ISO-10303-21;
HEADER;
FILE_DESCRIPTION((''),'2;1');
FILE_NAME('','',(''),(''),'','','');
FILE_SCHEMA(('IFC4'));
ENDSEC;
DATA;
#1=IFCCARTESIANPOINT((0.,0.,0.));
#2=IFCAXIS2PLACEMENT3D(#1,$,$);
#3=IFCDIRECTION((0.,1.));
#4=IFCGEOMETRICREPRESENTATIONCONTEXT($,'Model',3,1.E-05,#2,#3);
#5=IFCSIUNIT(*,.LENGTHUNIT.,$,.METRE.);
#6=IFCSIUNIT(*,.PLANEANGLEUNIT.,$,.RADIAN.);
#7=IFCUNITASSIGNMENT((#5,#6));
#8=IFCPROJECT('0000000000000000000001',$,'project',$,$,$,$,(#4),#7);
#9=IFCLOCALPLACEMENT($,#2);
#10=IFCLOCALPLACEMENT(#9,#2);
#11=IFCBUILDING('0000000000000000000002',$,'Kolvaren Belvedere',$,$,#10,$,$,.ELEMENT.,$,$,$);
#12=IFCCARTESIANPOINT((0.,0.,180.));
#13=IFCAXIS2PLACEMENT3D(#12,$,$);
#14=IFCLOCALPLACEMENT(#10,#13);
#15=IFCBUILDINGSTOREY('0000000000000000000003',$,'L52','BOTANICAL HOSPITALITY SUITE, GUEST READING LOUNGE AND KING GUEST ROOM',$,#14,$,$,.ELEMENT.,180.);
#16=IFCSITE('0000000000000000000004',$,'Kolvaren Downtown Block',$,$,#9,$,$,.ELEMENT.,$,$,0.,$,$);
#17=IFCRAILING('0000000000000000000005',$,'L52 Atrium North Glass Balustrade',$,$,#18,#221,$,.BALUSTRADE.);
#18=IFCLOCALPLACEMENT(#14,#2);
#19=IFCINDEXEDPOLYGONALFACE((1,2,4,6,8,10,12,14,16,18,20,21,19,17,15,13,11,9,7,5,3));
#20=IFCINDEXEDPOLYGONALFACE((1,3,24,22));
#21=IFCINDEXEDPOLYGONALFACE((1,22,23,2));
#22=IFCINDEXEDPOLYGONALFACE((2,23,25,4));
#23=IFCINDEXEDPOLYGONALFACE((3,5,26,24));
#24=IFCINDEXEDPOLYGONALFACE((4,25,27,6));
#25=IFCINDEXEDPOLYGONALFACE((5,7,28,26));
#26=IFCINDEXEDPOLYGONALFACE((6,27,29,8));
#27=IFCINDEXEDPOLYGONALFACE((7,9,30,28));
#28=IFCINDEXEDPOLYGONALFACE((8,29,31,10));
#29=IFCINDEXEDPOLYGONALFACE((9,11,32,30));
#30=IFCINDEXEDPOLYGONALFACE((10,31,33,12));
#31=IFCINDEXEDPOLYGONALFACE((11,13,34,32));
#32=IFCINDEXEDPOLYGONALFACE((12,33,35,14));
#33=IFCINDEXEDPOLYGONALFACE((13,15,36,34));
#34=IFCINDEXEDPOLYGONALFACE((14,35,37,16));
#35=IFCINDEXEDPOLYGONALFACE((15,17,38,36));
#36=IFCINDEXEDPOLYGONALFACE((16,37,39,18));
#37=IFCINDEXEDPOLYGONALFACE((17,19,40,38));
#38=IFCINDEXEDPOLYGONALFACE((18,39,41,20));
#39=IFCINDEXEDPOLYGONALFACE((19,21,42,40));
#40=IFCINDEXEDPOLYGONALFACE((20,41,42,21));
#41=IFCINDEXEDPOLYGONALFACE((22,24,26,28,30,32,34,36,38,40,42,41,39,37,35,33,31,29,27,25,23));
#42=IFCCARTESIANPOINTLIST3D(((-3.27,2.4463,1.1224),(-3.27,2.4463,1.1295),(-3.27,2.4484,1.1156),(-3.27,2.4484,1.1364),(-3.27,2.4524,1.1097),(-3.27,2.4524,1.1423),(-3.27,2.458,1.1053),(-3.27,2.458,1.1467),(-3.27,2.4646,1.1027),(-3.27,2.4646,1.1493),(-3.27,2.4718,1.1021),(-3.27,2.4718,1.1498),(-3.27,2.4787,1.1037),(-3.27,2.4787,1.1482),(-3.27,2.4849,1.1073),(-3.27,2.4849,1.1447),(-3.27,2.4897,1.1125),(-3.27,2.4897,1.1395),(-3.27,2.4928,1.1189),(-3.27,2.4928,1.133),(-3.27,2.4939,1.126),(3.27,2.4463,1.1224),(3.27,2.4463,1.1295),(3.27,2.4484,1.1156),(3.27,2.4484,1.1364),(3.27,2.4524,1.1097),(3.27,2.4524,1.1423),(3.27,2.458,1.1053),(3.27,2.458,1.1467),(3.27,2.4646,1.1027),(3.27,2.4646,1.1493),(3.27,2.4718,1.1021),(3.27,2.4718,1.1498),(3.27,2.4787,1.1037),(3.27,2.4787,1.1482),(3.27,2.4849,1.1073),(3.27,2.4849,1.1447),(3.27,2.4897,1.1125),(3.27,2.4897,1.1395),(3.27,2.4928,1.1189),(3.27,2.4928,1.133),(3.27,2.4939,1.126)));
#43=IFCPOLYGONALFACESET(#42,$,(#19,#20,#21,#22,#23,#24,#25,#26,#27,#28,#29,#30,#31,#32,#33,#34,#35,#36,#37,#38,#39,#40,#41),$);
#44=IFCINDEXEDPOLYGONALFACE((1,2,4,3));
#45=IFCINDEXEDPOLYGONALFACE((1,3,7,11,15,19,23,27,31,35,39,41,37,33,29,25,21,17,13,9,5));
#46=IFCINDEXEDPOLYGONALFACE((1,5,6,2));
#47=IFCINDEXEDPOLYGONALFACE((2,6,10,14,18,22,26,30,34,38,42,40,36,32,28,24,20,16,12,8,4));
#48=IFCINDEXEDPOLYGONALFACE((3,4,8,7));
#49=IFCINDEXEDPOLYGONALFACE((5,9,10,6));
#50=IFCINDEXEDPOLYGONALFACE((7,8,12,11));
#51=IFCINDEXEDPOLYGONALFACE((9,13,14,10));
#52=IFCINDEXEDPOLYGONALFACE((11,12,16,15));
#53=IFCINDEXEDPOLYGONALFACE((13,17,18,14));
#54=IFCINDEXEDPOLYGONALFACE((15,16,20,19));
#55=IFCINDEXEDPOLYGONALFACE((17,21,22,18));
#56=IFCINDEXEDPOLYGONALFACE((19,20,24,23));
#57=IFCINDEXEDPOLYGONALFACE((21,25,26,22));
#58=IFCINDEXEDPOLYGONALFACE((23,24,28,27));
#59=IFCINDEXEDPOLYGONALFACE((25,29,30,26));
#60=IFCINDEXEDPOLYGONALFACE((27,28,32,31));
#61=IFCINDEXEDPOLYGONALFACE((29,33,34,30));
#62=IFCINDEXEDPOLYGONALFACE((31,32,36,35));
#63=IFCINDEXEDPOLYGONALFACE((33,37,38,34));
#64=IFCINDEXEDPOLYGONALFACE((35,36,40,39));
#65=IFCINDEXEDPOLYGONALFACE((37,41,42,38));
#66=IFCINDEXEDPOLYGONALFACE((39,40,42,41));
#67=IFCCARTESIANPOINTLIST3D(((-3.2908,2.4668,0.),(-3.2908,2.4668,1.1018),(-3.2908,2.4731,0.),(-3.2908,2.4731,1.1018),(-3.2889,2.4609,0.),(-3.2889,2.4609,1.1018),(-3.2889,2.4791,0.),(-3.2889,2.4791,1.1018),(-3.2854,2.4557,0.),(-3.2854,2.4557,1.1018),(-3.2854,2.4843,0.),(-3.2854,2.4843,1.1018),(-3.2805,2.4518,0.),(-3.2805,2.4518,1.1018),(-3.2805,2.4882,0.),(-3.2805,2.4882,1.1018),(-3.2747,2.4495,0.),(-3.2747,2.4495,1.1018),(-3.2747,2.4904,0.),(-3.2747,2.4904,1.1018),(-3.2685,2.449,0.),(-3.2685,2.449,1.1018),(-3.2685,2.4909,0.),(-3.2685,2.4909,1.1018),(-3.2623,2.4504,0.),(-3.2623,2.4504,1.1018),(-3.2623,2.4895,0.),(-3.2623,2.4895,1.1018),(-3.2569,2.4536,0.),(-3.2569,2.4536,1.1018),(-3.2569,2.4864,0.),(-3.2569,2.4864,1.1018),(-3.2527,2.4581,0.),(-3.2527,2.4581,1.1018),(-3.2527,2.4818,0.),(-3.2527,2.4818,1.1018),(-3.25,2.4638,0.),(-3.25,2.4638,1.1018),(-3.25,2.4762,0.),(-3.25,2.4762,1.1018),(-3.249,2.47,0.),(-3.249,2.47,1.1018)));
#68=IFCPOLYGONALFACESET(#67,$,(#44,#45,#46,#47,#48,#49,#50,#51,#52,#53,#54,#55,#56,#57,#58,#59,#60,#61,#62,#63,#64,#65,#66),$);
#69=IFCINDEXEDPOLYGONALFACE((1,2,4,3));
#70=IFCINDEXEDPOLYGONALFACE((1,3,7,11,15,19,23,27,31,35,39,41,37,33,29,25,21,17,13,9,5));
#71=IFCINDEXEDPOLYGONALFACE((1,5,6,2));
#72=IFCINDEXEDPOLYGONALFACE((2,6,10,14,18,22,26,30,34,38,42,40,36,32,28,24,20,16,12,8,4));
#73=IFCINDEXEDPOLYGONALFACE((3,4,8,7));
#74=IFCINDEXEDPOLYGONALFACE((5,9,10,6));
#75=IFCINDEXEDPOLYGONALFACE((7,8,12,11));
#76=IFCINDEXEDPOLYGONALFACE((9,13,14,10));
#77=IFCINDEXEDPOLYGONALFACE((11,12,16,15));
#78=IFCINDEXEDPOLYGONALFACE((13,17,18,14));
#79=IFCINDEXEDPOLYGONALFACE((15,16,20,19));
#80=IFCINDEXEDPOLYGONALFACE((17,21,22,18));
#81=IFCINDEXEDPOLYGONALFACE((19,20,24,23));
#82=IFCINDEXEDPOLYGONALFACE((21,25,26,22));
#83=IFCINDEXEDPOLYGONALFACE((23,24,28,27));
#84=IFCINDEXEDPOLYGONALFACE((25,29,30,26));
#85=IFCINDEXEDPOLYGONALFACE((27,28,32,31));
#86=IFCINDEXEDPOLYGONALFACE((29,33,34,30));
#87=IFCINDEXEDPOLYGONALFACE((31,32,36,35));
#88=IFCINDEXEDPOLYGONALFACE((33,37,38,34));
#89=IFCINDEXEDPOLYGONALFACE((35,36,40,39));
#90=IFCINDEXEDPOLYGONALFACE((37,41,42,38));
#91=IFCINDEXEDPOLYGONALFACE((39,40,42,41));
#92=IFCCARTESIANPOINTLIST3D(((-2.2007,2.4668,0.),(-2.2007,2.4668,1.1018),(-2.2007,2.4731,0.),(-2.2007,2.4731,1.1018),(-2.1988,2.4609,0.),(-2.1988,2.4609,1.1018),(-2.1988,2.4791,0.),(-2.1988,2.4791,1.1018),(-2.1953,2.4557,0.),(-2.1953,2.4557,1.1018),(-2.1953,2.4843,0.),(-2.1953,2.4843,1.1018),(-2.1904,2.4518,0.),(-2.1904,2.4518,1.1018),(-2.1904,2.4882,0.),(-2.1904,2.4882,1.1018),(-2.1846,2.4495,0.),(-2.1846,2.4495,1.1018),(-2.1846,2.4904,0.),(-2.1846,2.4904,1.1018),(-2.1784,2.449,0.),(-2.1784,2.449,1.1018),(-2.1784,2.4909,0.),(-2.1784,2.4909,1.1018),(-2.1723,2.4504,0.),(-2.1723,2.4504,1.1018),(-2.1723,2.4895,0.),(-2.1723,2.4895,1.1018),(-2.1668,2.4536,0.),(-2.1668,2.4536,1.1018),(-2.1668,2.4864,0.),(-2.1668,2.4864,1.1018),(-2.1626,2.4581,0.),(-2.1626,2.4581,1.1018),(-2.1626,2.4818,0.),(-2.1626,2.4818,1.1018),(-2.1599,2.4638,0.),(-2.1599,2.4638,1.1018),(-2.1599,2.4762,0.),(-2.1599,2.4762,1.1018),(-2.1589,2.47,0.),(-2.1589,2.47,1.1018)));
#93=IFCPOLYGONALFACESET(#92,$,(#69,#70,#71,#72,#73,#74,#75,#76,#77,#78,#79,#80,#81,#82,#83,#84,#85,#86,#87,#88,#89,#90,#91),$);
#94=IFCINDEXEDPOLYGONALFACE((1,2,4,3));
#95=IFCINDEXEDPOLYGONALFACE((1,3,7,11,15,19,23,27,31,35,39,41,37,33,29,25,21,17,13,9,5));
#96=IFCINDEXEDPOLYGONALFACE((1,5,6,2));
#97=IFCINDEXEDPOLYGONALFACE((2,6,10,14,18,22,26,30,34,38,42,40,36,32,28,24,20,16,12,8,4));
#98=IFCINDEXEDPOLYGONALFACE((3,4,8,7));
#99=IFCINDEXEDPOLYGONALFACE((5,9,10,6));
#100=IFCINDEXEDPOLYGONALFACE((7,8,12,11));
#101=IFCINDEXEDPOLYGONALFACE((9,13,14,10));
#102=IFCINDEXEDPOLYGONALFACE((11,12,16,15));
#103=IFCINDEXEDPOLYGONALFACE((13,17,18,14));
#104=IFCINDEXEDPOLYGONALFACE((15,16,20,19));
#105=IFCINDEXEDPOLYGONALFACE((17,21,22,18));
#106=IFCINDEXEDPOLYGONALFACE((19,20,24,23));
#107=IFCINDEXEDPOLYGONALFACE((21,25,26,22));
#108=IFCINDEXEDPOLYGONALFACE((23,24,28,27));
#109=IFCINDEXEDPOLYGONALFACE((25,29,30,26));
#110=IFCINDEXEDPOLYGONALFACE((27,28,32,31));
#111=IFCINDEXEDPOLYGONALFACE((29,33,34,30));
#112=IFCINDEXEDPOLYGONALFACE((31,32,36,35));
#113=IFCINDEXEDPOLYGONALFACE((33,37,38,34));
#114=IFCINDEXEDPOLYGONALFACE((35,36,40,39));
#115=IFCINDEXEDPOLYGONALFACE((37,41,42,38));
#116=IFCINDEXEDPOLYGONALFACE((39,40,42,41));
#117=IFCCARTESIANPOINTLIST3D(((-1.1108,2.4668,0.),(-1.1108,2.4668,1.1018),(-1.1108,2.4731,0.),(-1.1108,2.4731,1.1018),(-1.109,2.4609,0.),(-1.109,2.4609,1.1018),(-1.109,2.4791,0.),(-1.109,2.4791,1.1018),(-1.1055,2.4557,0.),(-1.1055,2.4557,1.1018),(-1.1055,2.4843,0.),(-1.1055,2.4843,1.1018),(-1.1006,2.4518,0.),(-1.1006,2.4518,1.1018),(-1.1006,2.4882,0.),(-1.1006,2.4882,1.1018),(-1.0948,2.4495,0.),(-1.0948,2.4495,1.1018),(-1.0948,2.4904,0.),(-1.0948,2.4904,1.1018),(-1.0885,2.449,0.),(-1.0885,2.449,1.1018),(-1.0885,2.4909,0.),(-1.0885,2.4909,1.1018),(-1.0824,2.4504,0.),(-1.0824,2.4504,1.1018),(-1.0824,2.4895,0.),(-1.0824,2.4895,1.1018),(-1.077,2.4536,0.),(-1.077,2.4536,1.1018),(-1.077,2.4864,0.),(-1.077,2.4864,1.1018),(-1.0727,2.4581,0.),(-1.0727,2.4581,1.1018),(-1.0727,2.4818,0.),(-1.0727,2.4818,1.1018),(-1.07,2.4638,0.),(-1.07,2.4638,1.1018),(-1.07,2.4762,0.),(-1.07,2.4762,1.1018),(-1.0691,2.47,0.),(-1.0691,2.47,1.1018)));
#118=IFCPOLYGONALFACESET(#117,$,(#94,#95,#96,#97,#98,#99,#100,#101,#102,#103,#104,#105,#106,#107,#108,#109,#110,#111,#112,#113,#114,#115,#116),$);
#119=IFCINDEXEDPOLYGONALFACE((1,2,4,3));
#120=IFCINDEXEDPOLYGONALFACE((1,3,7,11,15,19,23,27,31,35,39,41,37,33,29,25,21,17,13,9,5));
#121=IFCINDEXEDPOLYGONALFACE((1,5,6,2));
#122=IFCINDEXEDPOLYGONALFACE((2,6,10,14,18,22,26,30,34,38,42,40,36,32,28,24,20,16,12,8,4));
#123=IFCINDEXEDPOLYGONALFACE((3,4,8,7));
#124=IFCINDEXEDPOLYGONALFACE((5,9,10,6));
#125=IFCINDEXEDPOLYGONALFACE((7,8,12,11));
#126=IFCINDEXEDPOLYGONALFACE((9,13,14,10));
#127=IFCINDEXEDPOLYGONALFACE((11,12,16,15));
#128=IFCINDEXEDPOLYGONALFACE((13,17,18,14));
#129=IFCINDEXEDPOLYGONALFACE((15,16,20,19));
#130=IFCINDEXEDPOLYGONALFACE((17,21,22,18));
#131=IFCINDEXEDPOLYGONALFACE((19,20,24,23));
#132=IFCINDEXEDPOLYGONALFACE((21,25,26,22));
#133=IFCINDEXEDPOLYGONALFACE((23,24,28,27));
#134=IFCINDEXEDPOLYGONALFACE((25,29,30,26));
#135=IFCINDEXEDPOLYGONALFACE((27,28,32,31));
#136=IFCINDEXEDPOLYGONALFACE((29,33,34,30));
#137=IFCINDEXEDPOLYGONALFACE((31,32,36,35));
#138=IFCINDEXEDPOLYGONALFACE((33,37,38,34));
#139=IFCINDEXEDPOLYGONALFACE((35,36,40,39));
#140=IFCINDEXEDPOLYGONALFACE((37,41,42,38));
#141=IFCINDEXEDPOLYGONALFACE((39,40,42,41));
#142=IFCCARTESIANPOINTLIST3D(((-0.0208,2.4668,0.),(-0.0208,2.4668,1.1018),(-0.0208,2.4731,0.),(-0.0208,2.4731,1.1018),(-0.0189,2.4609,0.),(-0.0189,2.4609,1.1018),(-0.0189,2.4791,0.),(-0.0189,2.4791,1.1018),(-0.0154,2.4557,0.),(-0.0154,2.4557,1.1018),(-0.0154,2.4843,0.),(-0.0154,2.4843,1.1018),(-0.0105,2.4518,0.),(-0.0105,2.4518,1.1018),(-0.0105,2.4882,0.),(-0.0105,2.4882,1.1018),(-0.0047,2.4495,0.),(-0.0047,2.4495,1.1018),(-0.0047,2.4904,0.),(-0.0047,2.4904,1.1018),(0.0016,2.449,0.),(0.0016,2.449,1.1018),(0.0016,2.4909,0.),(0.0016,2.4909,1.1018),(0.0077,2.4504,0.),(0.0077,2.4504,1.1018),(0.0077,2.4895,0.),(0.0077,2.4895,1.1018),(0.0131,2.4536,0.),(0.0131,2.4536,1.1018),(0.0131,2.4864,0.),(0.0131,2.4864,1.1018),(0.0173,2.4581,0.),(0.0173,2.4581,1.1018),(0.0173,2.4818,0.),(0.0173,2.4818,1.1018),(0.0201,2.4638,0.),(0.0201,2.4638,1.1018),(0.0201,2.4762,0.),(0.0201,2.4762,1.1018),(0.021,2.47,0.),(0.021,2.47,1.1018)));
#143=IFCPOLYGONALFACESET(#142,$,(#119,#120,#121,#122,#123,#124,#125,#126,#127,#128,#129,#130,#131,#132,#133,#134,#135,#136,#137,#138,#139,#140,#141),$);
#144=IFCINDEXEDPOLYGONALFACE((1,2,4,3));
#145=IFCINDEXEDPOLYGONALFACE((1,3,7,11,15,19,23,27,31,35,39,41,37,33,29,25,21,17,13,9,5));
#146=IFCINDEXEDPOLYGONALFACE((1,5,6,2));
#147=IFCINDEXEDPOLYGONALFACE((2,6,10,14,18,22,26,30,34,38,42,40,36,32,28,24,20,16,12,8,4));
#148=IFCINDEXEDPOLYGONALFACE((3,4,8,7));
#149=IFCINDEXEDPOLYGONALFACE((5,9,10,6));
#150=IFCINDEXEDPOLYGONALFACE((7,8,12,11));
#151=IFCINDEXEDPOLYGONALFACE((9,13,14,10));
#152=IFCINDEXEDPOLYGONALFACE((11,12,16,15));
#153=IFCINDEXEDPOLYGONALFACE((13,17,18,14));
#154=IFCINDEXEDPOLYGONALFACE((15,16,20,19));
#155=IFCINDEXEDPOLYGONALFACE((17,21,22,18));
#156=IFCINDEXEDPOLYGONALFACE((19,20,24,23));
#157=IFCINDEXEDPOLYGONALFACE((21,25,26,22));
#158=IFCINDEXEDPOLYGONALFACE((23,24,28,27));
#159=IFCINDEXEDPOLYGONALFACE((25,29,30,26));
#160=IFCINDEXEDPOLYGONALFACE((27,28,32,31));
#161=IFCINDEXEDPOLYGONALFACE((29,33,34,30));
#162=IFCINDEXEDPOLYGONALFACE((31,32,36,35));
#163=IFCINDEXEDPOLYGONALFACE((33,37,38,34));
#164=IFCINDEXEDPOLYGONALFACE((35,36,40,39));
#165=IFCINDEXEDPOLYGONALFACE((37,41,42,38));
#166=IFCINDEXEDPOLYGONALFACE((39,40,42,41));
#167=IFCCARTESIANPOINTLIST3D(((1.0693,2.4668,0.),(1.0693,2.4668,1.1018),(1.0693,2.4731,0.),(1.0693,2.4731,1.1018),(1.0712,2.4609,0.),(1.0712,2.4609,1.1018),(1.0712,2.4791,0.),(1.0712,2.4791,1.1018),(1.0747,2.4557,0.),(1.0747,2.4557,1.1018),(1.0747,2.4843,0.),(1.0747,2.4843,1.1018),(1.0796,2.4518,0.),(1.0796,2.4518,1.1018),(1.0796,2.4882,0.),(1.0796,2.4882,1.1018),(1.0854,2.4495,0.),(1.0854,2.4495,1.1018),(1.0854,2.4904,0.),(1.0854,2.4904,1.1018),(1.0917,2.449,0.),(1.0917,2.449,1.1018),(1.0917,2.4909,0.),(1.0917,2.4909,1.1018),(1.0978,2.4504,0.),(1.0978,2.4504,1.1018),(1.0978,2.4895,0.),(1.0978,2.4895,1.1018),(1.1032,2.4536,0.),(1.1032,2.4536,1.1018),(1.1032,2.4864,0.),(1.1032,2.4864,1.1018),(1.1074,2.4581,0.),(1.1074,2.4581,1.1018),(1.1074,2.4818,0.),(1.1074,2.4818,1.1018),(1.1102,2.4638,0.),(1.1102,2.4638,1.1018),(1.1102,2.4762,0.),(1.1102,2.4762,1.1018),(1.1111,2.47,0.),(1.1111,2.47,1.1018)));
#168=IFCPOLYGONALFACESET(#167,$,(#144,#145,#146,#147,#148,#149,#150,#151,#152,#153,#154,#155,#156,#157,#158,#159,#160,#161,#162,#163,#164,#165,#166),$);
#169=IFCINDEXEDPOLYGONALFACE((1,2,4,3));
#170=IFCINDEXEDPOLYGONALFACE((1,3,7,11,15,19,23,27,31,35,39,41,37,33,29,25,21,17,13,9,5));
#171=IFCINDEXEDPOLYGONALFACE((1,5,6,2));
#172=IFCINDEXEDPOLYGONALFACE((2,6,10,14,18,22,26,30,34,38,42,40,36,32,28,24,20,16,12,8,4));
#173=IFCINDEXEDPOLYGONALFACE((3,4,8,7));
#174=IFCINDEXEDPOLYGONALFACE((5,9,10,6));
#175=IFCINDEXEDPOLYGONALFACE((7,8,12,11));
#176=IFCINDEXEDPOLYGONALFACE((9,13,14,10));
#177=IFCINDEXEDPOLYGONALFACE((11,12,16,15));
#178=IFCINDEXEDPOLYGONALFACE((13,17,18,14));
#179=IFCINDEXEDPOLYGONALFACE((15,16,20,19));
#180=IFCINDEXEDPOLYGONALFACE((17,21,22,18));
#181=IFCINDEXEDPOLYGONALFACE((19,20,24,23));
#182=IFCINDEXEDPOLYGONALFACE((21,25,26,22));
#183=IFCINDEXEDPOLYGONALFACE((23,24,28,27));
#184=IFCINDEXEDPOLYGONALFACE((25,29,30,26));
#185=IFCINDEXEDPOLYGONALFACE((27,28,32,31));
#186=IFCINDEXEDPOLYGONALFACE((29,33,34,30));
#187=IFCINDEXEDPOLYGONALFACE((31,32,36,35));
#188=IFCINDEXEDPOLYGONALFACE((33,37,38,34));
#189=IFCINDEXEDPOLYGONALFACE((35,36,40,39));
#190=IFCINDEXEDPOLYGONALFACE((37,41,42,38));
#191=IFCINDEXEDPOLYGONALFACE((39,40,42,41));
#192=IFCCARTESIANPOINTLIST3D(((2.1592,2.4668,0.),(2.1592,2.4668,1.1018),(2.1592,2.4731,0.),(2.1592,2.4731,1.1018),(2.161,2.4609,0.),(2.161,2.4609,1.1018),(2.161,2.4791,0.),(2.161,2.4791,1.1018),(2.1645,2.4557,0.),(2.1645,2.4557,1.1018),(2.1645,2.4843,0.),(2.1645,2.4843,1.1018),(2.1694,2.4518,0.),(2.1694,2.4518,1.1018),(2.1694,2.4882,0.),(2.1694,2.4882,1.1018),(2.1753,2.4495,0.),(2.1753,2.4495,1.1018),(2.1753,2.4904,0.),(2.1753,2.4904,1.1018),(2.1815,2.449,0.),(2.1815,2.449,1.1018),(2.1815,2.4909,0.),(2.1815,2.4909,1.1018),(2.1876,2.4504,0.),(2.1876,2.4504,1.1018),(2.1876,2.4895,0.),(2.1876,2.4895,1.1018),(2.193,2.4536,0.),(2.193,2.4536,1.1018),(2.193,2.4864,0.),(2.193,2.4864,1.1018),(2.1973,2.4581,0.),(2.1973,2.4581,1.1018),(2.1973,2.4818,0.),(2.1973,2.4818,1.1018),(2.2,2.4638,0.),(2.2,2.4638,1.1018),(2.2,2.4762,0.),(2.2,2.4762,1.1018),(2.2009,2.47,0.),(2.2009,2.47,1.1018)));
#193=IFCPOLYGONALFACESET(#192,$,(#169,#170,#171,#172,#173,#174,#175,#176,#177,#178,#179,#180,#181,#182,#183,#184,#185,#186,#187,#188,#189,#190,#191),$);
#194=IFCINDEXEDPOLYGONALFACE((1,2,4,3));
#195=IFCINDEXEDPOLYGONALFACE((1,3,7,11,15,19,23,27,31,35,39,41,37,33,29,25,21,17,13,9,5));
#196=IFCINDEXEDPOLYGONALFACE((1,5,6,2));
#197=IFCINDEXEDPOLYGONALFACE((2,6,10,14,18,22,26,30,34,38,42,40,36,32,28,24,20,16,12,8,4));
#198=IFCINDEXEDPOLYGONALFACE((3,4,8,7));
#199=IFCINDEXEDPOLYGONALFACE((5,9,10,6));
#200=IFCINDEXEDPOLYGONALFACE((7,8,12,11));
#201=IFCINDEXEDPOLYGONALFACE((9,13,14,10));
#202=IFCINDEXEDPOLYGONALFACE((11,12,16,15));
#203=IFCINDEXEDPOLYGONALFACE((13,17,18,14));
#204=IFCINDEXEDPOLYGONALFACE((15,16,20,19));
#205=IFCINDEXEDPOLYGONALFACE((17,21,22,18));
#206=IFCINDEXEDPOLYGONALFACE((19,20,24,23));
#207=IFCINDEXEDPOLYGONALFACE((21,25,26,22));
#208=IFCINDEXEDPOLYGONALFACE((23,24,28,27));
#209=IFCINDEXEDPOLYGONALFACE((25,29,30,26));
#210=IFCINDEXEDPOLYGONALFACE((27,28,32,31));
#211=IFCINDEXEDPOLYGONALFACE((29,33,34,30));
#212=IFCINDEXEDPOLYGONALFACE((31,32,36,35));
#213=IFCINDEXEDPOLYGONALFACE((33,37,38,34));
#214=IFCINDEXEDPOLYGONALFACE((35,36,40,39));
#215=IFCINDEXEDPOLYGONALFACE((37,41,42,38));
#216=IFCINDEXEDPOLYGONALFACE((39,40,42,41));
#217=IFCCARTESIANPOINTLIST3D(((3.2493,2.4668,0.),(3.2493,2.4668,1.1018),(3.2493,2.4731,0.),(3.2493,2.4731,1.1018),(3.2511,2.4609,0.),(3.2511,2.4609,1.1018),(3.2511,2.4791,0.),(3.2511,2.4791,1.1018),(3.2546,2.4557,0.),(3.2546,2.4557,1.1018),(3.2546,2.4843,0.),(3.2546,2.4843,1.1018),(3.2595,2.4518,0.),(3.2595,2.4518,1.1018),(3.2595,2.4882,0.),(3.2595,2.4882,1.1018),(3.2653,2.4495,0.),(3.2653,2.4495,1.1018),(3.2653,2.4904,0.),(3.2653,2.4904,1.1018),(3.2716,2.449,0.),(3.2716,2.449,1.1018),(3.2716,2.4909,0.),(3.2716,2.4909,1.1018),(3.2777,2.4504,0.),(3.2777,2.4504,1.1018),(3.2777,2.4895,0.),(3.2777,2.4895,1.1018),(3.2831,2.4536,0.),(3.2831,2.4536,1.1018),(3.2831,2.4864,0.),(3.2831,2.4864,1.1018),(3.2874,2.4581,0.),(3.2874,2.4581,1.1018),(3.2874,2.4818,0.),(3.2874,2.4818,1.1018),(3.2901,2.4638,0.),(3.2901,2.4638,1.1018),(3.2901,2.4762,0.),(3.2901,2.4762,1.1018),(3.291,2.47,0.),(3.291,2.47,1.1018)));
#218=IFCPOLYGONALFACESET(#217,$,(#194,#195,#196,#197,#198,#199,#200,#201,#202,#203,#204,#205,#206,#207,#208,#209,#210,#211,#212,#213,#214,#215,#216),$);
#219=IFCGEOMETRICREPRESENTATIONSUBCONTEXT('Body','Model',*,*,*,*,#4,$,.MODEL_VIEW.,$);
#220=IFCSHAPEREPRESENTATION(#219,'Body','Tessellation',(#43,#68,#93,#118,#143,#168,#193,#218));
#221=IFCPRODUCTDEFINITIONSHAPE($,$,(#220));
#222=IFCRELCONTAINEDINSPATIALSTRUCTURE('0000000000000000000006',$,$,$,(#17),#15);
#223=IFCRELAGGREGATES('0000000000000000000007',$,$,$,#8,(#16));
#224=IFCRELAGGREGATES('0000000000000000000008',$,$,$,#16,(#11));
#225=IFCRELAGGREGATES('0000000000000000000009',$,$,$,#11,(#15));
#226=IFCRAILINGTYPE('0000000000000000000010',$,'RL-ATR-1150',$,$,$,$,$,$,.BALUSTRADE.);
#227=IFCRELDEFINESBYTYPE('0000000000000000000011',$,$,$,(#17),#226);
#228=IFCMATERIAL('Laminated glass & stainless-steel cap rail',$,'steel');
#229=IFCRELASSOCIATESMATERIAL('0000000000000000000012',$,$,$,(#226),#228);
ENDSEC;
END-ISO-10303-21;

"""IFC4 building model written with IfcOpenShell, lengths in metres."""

from ifc_helpers import new_model, si_unit, direction, frame, origin, origin_2d, place, context, subcontext, project, spatial, circle, extrude, material, type_object, element, save


model = new_model("IFC4")

# Units and contexts
model_context = context("Model", 3, precision=1e-05, world=origin(), true_north=direction((0.0, 1.0)))
body_context = subcontext(model_context, "Body", "Model", "MODEL_VIEW")
ifc_project = project(units=[si_unit("LENGTHUNIT", "METRE"), si_unit("PLANEANGLEUNIT", "RADIAN")], contexts=[model_context])

# Site, building, storey
site_placement = place(None, origin())
site = spatial("IfcSite", under=ifc_project, at=site_placement, Name="Kolvaren Downtown Block", CompositionType="ELEMENT", RefElevation=0.0)
building_placement = place(site_placement, origin())
building = spatial("IfcBuilding", under=site, at=building_placement, Name="Kolvaren Belvedere", CompositionType="ELEMENT")
storey_placement = place(building_placement, frame((0.0, 0.0, 180.0)))
storey = spatial("IfcBuildingStorey", under=building, at=storey_placement, Name="L52", Description="BOTANICAL HOSPITALITY SUITE, GUEST READING LOUNGE AND KING GUEST ROOM", CompositionType="ELEMENT", Elevation=180.0)

# Railing
ifc_material_1 = material(Name="Laminated glass & stainless-steel cap rail", Category="steel")
railing_type_1 = type_object("IfcRailingType", Name="RL-ATR-1150", PredefinedType="BALUSTRADE", material=ifc_material_1)
railing_1_placement = place(storey_placement, frame((-3.27, 2.47, 0.0)))
element("IfcRailing", 1, at=railing_1_placement, inside=storey, type_object=railing_type_1, Name="L52 Atrium North Glass Balustrade", PredefinedType="BALUSTRADE", context=body_context, shape_type="SweptSolid", body=[
    extrude(circle(Radius=0.0239, at=origin_2d()), frame((0.0, 0.0, 1.126), z_axis=(1.0, 0.0, 0.0), x_axis=(0.0, 1.0, 0.0)), (0.0, 0.0, 1.0), 6.54),
    extrude(circle(Radius=0.021, at=origin_2d()), origin(), (0.0, 0.0, 1.0), 1.1018),
    extrude(circle(Radius=0.021, at=origin_2d()), frame((1.0901, 0.0, 0.0)), (0.0, 0.0, 1.0), 1.1018),
    extrude(circle(Radius=0.021, at=origin_2d()), frame((2.1799, 0.0, 0.0)), (0.0, 0.0, 1.0), 1.1018),
    extrude(circle(Radius=0.021, at=origin_2d()), frame((3.27, 0.0, 0.0)), (0.0, 0.0, 1.0), 1.1018),
    extrude(circle(Radius=0.021, at=origin_2d()), frame((4.3601, 0.0, 0.0)), (0.0, 0.0, 1.0), 1.1018),
    extrude(circle(Radius=0.021, at=origin_2d()), frame((5.45, 0.0, 0.0)), (0.0, 0.0, 1.0), 1.1018),
    extrude(circle(Radius=0.021, at=origin_2d()), frame((6.54, 0.0, 0.0)), (0.0, 0.0, 1.0), 1.1018),
])

save(model, "model.ifc")
